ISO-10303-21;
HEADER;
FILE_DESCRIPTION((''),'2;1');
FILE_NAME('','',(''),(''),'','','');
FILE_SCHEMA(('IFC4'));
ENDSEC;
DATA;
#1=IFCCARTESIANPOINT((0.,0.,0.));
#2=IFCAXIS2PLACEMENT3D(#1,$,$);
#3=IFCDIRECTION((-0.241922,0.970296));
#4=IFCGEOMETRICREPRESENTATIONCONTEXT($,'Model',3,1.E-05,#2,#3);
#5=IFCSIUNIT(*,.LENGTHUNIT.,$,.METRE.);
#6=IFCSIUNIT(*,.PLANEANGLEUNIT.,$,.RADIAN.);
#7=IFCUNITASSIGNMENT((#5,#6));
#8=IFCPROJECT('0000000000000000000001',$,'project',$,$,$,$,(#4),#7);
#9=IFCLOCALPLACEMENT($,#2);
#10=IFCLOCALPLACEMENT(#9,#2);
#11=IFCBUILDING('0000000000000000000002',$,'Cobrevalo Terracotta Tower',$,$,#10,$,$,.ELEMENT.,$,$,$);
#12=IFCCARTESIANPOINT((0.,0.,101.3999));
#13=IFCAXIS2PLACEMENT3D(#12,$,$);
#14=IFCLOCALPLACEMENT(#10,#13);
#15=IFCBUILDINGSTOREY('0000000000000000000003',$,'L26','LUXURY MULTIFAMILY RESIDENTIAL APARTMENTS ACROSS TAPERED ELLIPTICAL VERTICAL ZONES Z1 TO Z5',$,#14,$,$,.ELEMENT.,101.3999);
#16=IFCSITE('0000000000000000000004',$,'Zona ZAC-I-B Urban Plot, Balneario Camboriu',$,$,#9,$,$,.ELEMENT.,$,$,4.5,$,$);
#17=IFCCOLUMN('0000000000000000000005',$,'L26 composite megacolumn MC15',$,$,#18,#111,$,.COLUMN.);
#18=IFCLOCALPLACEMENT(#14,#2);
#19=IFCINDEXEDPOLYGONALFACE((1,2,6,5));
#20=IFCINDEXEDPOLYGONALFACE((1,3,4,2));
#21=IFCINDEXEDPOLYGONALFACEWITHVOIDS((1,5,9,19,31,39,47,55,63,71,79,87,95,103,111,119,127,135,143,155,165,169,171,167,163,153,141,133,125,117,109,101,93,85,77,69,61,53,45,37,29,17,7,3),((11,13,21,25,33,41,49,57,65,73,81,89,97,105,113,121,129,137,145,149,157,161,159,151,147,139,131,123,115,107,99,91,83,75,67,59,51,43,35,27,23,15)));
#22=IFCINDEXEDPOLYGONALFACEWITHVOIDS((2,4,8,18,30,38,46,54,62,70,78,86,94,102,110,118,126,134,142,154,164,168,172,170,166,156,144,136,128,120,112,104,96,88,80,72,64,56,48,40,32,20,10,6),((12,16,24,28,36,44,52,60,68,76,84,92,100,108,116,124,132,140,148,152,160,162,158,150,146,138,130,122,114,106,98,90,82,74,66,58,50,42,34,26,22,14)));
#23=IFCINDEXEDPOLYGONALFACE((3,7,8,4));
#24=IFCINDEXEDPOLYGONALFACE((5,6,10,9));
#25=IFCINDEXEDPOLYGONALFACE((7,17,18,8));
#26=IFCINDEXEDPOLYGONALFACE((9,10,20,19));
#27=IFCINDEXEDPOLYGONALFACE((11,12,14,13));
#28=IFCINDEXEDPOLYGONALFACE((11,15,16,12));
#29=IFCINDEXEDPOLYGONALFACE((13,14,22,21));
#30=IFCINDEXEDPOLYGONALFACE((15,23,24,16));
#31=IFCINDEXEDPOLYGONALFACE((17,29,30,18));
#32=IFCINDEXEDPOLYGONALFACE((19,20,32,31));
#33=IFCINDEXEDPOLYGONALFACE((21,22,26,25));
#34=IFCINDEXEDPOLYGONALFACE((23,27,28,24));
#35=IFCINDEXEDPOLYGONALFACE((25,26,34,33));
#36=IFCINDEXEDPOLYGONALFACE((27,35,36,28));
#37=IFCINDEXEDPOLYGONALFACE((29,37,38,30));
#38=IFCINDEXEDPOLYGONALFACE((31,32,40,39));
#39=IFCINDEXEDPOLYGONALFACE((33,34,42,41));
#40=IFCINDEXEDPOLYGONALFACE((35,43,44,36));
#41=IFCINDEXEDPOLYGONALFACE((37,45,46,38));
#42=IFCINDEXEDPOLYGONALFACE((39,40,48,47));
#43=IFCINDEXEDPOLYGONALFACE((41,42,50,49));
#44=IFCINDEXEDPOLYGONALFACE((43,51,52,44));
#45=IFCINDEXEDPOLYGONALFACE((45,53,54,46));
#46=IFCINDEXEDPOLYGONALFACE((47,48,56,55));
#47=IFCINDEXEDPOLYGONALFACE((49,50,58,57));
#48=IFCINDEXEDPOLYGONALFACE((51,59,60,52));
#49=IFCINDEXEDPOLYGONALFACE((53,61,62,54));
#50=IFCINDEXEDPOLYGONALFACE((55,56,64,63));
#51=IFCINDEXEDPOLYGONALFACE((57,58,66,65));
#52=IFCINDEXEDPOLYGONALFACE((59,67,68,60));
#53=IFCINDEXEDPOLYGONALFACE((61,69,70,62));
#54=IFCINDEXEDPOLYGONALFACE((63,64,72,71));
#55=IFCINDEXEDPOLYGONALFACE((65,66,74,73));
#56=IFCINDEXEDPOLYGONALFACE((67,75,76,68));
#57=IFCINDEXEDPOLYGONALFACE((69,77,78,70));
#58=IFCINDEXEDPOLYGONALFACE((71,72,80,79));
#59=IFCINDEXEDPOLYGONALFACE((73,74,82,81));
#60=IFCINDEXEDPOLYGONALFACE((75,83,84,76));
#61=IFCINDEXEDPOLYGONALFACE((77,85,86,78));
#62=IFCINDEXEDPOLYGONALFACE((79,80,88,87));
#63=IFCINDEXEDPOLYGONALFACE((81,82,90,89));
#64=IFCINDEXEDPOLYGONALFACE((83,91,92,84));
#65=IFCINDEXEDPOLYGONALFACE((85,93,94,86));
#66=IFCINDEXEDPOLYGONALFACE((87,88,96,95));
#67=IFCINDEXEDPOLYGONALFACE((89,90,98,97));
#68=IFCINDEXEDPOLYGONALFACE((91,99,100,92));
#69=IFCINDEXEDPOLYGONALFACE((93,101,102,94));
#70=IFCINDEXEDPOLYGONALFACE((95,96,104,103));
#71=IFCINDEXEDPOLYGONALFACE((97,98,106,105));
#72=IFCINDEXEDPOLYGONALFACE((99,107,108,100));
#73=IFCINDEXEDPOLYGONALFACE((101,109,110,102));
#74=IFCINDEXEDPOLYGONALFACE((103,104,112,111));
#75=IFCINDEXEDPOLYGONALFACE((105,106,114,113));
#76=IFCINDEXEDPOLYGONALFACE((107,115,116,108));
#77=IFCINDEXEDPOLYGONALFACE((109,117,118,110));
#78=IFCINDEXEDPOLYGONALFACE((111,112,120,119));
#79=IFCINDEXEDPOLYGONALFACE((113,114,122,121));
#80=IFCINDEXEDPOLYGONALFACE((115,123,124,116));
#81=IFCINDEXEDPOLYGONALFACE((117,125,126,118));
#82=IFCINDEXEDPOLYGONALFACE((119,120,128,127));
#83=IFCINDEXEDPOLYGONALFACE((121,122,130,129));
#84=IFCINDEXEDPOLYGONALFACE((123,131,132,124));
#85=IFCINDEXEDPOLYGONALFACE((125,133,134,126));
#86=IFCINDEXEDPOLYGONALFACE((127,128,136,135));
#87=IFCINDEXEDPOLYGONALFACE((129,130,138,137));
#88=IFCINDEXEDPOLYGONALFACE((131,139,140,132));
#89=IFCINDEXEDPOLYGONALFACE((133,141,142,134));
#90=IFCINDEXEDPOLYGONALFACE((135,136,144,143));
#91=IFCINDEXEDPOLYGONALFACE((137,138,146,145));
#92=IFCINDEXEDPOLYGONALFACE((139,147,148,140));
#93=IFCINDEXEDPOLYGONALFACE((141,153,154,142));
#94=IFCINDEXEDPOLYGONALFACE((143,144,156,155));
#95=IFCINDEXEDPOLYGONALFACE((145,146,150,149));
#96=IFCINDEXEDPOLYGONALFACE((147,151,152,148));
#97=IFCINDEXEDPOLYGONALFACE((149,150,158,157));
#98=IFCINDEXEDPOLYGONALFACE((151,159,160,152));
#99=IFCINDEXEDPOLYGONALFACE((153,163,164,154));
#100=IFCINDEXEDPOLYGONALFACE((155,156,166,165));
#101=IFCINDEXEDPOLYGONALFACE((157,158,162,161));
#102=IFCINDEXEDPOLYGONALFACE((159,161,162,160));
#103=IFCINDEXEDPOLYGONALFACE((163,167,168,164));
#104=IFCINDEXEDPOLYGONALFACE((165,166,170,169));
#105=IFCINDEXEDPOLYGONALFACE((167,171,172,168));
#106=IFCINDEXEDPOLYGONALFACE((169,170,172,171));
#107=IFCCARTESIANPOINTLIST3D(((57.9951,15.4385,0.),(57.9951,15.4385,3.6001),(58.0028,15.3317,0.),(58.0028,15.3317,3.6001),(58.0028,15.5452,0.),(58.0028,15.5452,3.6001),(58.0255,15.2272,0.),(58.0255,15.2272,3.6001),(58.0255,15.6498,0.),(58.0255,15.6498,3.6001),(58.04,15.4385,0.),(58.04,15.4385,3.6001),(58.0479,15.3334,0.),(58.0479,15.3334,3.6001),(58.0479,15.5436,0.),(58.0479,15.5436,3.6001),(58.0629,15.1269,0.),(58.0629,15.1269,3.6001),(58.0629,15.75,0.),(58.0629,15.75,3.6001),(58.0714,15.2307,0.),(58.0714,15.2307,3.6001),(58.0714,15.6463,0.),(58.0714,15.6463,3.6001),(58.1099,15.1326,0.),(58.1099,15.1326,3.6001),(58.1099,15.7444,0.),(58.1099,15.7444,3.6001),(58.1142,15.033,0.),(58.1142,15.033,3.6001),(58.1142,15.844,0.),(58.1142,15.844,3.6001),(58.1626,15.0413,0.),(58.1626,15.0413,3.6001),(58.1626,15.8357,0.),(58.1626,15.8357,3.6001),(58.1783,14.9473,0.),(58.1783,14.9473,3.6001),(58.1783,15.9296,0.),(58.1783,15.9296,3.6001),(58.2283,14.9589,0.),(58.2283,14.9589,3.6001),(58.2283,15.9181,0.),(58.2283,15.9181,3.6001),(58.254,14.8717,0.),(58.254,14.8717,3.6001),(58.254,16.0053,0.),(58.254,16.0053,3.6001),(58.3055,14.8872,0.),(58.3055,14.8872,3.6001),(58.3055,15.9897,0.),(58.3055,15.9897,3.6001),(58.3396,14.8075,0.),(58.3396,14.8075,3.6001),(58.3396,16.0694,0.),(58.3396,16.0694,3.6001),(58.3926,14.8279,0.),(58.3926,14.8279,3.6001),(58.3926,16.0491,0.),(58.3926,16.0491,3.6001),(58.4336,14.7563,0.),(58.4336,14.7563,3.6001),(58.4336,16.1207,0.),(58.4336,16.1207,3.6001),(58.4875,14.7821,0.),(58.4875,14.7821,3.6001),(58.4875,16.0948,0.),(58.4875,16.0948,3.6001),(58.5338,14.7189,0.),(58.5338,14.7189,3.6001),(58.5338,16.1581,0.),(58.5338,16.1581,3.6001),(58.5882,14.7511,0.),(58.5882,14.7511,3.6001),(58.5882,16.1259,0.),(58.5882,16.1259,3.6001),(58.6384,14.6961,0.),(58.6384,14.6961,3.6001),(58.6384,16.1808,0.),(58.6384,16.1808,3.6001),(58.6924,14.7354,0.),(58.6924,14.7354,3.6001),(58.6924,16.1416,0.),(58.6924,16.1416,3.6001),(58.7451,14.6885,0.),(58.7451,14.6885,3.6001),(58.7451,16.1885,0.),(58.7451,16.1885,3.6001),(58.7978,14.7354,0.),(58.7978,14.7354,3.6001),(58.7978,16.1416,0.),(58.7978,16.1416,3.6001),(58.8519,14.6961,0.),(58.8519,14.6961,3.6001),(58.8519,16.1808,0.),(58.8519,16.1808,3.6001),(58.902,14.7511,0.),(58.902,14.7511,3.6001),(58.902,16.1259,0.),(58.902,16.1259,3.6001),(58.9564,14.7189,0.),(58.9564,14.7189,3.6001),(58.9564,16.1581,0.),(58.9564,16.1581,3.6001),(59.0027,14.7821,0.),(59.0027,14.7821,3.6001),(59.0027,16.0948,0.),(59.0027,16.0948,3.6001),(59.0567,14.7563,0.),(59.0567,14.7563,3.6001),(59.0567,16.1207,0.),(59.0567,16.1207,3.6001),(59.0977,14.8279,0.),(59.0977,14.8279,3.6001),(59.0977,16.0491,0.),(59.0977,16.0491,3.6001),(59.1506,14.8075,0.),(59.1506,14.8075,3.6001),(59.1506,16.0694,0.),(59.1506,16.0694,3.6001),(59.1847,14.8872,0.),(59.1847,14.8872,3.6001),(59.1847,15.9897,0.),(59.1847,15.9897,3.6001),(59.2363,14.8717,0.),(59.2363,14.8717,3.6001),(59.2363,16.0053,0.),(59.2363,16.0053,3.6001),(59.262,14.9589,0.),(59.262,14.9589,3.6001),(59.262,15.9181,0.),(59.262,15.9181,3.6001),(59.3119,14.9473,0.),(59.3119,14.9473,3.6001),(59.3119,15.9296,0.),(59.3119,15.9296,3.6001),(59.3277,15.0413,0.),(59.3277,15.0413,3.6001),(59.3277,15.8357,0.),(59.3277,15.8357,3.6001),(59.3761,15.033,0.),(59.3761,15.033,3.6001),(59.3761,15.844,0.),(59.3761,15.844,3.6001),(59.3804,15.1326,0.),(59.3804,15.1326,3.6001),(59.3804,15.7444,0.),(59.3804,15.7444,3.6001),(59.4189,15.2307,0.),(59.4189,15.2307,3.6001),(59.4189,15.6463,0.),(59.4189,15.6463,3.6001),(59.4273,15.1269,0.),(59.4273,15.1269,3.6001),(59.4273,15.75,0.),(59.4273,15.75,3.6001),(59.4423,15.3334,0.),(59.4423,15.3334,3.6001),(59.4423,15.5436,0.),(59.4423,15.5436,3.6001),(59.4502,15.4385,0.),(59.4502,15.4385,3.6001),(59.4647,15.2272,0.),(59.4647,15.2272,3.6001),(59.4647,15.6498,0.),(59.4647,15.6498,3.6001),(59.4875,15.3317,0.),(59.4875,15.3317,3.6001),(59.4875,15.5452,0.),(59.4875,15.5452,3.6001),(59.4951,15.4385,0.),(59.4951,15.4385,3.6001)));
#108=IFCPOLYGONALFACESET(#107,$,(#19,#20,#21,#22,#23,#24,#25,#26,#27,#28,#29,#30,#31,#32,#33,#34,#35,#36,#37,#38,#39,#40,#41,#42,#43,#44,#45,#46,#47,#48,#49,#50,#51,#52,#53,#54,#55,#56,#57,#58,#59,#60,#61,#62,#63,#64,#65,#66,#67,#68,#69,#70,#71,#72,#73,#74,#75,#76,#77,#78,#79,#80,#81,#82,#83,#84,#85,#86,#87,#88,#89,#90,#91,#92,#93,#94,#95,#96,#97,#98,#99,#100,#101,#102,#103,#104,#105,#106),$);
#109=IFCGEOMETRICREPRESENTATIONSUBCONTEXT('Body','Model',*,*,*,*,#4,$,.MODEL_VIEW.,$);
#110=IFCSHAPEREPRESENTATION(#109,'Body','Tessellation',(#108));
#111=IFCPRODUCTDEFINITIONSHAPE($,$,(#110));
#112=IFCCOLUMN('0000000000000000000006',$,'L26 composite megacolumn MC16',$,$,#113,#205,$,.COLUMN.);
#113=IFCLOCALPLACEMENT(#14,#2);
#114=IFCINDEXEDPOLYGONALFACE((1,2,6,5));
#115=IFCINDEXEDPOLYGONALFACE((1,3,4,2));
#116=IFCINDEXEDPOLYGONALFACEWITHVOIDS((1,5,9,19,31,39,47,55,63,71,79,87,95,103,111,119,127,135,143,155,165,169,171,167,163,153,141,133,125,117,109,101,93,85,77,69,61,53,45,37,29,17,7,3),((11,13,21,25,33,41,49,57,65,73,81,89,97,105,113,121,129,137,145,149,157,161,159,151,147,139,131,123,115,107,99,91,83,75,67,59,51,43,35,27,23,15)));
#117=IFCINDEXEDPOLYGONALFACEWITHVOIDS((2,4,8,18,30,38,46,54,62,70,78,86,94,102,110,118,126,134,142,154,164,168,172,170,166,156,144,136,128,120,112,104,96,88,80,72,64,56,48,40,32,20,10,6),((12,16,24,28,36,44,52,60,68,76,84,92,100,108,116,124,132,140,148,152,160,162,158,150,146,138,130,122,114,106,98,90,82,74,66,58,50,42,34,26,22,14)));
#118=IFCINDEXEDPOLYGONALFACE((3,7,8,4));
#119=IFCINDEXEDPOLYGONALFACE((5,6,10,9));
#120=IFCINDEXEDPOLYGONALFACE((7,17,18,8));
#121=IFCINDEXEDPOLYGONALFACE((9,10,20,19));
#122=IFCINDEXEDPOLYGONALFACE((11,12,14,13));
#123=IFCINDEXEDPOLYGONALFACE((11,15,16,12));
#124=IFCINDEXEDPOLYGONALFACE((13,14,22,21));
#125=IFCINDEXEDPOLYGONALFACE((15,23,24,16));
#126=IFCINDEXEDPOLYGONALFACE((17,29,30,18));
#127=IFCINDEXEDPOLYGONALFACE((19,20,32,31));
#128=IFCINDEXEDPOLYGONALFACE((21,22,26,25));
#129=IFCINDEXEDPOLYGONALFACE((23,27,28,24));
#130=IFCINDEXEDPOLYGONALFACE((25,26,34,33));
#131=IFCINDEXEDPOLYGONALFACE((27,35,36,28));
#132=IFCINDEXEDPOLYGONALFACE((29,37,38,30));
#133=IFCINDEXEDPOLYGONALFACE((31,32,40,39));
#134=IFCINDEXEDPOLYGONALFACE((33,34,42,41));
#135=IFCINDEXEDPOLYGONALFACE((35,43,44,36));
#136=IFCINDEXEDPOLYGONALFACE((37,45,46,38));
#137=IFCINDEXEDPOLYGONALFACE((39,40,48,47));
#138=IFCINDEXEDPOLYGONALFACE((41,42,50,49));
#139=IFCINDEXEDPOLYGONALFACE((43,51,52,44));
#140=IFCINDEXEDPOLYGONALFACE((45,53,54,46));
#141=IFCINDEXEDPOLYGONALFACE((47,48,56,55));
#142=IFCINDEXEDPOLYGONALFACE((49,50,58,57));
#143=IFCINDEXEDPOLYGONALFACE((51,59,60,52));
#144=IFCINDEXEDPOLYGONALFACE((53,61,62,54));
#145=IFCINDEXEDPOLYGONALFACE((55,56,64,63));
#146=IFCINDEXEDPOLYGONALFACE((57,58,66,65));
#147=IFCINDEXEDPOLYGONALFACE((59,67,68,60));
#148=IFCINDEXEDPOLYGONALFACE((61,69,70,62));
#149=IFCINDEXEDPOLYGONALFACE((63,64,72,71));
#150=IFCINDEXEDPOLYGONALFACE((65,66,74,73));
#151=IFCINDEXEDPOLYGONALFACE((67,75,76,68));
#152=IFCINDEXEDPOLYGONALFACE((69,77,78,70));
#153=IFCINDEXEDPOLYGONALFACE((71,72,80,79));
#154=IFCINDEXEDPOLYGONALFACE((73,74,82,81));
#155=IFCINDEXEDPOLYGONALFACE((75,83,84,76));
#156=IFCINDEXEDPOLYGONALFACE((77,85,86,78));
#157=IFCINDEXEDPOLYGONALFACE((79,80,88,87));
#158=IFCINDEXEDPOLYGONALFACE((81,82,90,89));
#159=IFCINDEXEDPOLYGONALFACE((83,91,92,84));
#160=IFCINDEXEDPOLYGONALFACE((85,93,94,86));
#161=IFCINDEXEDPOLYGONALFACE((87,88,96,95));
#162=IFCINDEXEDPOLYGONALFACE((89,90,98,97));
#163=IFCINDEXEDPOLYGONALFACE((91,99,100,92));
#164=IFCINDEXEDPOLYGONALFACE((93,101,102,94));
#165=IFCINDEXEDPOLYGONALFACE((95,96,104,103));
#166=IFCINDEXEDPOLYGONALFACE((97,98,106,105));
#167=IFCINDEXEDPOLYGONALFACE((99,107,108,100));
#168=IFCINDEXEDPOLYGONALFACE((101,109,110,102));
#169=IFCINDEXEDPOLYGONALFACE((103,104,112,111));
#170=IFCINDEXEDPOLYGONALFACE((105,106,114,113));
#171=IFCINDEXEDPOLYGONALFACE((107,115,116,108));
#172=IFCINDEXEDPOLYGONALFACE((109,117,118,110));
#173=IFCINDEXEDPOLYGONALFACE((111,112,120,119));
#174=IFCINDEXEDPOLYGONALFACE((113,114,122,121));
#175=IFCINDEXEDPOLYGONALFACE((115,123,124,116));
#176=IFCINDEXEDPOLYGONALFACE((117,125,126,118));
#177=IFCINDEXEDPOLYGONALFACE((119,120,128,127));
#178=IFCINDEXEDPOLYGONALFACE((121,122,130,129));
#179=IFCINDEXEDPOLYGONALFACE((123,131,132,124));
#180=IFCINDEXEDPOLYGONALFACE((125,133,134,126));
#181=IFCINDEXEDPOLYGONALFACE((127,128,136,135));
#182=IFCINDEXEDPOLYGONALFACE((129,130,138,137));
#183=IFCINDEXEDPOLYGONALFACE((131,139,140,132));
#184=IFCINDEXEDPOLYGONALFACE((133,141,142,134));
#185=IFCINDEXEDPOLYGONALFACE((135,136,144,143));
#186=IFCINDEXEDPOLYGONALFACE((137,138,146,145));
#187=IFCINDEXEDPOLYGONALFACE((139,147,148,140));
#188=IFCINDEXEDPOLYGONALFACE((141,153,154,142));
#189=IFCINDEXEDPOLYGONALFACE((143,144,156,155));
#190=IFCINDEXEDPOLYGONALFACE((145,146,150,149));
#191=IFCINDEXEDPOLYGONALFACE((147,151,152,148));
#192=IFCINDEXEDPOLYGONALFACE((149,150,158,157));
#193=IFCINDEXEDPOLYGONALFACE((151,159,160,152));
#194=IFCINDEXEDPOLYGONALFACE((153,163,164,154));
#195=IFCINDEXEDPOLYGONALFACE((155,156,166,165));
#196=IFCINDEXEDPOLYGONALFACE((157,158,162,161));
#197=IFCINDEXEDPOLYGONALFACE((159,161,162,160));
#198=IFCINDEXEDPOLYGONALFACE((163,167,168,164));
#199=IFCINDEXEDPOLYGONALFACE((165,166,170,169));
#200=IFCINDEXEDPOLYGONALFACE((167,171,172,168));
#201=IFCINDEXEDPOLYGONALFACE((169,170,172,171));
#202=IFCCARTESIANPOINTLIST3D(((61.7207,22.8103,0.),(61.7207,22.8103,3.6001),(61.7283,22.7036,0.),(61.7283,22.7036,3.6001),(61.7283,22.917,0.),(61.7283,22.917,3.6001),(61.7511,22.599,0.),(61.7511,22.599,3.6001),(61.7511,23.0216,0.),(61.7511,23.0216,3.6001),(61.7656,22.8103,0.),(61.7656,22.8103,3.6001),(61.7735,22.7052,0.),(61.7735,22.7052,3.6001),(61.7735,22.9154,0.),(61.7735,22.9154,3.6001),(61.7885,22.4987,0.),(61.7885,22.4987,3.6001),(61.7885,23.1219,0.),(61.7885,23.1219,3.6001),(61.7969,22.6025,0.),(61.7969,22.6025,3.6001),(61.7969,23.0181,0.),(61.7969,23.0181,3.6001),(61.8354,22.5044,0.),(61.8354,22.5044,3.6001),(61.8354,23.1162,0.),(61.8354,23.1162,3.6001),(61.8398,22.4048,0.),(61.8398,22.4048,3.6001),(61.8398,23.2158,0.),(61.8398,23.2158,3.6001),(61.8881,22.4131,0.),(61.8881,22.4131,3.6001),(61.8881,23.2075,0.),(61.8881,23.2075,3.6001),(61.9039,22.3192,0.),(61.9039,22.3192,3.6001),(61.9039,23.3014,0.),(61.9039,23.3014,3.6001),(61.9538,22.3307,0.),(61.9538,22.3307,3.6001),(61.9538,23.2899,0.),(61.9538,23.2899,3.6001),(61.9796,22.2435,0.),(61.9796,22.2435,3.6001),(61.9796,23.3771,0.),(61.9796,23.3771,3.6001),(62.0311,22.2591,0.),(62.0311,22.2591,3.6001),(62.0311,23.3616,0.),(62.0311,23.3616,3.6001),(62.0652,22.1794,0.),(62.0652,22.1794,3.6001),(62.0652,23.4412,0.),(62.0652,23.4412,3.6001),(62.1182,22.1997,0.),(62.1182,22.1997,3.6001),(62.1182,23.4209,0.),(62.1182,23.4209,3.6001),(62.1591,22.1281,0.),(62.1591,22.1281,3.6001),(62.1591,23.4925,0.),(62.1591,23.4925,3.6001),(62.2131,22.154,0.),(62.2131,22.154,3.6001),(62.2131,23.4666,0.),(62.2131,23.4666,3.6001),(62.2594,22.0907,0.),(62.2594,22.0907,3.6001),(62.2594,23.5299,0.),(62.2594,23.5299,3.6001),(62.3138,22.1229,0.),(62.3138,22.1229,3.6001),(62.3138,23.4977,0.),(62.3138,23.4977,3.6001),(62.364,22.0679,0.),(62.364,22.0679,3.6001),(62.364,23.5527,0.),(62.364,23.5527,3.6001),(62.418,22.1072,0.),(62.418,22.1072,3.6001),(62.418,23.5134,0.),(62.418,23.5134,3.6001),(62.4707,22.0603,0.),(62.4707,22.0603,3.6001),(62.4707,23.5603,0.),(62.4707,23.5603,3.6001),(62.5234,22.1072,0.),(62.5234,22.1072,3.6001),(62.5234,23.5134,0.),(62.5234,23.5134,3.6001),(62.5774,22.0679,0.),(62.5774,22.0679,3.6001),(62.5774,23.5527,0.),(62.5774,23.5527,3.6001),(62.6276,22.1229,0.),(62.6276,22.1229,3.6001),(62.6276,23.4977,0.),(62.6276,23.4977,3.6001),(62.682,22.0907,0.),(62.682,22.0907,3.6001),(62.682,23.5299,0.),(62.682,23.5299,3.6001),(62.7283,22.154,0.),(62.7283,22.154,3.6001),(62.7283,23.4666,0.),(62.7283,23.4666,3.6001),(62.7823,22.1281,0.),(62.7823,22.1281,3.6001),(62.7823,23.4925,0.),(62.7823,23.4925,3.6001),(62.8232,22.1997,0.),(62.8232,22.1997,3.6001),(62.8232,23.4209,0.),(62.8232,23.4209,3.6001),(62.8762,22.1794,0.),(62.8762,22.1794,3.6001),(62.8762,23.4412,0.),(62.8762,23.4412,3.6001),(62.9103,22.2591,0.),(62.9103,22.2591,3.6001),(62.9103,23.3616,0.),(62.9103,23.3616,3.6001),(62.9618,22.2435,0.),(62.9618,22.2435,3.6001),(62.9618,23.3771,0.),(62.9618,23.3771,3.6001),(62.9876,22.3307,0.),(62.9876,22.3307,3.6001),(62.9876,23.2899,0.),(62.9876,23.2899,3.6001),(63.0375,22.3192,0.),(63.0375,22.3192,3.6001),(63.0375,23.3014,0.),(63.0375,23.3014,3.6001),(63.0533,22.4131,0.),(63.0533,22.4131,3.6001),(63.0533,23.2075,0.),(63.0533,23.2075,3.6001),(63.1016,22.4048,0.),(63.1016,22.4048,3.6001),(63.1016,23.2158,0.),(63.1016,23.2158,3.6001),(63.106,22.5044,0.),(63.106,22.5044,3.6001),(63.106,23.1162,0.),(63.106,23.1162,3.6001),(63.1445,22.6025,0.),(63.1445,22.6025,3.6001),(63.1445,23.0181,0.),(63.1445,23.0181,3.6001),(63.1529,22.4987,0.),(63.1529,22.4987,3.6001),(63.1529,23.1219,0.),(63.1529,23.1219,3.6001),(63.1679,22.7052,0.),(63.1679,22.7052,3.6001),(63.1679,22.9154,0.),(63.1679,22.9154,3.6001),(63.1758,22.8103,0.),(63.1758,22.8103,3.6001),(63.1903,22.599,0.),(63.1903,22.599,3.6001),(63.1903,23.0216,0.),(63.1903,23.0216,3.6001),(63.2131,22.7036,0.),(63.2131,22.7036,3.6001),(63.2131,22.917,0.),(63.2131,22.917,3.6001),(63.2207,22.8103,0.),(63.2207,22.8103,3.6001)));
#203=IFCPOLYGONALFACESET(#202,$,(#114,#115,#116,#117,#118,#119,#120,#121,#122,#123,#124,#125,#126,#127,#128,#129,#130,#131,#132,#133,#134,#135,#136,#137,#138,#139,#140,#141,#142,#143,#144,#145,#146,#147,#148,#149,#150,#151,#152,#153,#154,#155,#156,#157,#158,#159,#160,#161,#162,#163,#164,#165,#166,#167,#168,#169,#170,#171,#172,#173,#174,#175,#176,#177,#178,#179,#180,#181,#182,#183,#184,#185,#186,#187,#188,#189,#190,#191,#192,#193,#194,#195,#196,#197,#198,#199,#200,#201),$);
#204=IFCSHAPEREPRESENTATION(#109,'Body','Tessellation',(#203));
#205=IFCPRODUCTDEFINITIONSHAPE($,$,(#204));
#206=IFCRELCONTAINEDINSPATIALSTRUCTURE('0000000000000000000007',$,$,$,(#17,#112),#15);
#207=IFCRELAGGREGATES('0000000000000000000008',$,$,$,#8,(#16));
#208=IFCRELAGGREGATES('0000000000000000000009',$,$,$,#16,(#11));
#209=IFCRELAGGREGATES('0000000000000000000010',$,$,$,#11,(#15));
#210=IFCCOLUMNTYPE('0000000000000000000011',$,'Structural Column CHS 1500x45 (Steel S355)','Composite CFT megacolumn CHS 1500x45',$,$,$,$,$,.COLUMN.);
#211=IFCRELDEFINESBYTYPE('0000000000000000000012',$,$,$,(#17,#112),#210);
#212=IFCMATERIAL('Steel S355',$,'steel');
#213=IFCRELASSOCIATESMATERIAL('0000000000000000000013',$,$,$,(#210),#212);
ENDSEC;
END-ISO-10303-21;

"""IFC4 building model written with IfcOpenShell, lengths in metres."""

from ifc_helpers import new_model, si_unit, direction, frame, origin, origin_2d, place, context, subcontext, project, spatial, hollow_circle, extrude, material, material_profile, profile_set, type_object, element, save


model = new_model("IFC4")

# Units and contexts
model_context = context("Model", 3, precision=1e-05, world=origin(), true_north=direction((-0.241922, 0.970296)))
body_context = subcontext(model_context, "Body", "Model", "MODEL_VIEW")
ifc_project = project(units=[si_unit("LENGTHUNIT", "METRE"), si_unit("PLANEANGLEUNIT", "RADIAN")], contexts=[model_context])

# Site, building, storey
site_placement = place(None, origin())
site = spatial("IfcSite", under=ifc_project, at=site_placement, Name="Zona ZAC-I-B Urban Plot, Balneario Camboriu", CompositionType="ELEMENT", RefElevation=4.5)
building_placement = place(site_placement, origin())
building = spatial("IfcBuilding", under=site, at=building_placement, Name="Cobrevalo Terracotta Tower", CompositionType="ELEMENT")
storey_placement = place(building_placement, frame((0.0, 0.0, 101.3999)))
storey = spatial("IfcBuildingStorey", under=building, at=storey_placement, Name="L26", Description="LUXURY MULTIFAMILY RESIDENTIAL APARTMENTS ACROSS TAPERED ELLIPTICAL VERTICAL ZONES Z1 TO Z5", CompositionType="ELEMENT", Elevation=101.3999)

# Columns
ifc_material_1 = material(Name="Steel S355", Category="steel")
ifc_material_profile_1 = material_profile(ifc_material_1, hollow_circle(Radius=0.75, WallThickness=0.0449, at=origin_2d()), Name="CHS 1500x45")
ifc_profile_set_1 = profile_set([ifc_material_profile_1], Name="Steel S355")
column_type = type_object("IfcColumnType", Name="Structural Column CHS 1500x45 (Steel S355)", Description="Composite CFT megacolumn CHS 1500x45", PredefinedType="COLUMN", material=ifc_profile_set_1)
for number, where, z_axis, x_axis, name in (
    (1, (58.7451, 15.4385, 0.0), (0.0, 0.0, 1.0), (1.0, 0.0, 0.0), "L26 composite megacolumn MC15"),
    (2, (62.4707, 22.8103, 0.0), (0.0, 0.0, 1.0), (1.0, 0.0, 0.0), "L26 composite megacolumn MC16"),
):
    element("IfcColumn", number, at=place(storey_placement, frame(where, z_axis=z_axis, x_axis=x_axis)), inside=storey, type_object=column_type, Name=name, PredefinedType="COLUMN", context=body_context, shape_type="SweptSolid", body=[
        extrude(hollow_circle(Radius=0.75, WallThickness=0.0449, at=origin_2d()), origin(), (0.0, 0.0, 1.0), 3.6001),
    ])

save(model, "model.ifc")
